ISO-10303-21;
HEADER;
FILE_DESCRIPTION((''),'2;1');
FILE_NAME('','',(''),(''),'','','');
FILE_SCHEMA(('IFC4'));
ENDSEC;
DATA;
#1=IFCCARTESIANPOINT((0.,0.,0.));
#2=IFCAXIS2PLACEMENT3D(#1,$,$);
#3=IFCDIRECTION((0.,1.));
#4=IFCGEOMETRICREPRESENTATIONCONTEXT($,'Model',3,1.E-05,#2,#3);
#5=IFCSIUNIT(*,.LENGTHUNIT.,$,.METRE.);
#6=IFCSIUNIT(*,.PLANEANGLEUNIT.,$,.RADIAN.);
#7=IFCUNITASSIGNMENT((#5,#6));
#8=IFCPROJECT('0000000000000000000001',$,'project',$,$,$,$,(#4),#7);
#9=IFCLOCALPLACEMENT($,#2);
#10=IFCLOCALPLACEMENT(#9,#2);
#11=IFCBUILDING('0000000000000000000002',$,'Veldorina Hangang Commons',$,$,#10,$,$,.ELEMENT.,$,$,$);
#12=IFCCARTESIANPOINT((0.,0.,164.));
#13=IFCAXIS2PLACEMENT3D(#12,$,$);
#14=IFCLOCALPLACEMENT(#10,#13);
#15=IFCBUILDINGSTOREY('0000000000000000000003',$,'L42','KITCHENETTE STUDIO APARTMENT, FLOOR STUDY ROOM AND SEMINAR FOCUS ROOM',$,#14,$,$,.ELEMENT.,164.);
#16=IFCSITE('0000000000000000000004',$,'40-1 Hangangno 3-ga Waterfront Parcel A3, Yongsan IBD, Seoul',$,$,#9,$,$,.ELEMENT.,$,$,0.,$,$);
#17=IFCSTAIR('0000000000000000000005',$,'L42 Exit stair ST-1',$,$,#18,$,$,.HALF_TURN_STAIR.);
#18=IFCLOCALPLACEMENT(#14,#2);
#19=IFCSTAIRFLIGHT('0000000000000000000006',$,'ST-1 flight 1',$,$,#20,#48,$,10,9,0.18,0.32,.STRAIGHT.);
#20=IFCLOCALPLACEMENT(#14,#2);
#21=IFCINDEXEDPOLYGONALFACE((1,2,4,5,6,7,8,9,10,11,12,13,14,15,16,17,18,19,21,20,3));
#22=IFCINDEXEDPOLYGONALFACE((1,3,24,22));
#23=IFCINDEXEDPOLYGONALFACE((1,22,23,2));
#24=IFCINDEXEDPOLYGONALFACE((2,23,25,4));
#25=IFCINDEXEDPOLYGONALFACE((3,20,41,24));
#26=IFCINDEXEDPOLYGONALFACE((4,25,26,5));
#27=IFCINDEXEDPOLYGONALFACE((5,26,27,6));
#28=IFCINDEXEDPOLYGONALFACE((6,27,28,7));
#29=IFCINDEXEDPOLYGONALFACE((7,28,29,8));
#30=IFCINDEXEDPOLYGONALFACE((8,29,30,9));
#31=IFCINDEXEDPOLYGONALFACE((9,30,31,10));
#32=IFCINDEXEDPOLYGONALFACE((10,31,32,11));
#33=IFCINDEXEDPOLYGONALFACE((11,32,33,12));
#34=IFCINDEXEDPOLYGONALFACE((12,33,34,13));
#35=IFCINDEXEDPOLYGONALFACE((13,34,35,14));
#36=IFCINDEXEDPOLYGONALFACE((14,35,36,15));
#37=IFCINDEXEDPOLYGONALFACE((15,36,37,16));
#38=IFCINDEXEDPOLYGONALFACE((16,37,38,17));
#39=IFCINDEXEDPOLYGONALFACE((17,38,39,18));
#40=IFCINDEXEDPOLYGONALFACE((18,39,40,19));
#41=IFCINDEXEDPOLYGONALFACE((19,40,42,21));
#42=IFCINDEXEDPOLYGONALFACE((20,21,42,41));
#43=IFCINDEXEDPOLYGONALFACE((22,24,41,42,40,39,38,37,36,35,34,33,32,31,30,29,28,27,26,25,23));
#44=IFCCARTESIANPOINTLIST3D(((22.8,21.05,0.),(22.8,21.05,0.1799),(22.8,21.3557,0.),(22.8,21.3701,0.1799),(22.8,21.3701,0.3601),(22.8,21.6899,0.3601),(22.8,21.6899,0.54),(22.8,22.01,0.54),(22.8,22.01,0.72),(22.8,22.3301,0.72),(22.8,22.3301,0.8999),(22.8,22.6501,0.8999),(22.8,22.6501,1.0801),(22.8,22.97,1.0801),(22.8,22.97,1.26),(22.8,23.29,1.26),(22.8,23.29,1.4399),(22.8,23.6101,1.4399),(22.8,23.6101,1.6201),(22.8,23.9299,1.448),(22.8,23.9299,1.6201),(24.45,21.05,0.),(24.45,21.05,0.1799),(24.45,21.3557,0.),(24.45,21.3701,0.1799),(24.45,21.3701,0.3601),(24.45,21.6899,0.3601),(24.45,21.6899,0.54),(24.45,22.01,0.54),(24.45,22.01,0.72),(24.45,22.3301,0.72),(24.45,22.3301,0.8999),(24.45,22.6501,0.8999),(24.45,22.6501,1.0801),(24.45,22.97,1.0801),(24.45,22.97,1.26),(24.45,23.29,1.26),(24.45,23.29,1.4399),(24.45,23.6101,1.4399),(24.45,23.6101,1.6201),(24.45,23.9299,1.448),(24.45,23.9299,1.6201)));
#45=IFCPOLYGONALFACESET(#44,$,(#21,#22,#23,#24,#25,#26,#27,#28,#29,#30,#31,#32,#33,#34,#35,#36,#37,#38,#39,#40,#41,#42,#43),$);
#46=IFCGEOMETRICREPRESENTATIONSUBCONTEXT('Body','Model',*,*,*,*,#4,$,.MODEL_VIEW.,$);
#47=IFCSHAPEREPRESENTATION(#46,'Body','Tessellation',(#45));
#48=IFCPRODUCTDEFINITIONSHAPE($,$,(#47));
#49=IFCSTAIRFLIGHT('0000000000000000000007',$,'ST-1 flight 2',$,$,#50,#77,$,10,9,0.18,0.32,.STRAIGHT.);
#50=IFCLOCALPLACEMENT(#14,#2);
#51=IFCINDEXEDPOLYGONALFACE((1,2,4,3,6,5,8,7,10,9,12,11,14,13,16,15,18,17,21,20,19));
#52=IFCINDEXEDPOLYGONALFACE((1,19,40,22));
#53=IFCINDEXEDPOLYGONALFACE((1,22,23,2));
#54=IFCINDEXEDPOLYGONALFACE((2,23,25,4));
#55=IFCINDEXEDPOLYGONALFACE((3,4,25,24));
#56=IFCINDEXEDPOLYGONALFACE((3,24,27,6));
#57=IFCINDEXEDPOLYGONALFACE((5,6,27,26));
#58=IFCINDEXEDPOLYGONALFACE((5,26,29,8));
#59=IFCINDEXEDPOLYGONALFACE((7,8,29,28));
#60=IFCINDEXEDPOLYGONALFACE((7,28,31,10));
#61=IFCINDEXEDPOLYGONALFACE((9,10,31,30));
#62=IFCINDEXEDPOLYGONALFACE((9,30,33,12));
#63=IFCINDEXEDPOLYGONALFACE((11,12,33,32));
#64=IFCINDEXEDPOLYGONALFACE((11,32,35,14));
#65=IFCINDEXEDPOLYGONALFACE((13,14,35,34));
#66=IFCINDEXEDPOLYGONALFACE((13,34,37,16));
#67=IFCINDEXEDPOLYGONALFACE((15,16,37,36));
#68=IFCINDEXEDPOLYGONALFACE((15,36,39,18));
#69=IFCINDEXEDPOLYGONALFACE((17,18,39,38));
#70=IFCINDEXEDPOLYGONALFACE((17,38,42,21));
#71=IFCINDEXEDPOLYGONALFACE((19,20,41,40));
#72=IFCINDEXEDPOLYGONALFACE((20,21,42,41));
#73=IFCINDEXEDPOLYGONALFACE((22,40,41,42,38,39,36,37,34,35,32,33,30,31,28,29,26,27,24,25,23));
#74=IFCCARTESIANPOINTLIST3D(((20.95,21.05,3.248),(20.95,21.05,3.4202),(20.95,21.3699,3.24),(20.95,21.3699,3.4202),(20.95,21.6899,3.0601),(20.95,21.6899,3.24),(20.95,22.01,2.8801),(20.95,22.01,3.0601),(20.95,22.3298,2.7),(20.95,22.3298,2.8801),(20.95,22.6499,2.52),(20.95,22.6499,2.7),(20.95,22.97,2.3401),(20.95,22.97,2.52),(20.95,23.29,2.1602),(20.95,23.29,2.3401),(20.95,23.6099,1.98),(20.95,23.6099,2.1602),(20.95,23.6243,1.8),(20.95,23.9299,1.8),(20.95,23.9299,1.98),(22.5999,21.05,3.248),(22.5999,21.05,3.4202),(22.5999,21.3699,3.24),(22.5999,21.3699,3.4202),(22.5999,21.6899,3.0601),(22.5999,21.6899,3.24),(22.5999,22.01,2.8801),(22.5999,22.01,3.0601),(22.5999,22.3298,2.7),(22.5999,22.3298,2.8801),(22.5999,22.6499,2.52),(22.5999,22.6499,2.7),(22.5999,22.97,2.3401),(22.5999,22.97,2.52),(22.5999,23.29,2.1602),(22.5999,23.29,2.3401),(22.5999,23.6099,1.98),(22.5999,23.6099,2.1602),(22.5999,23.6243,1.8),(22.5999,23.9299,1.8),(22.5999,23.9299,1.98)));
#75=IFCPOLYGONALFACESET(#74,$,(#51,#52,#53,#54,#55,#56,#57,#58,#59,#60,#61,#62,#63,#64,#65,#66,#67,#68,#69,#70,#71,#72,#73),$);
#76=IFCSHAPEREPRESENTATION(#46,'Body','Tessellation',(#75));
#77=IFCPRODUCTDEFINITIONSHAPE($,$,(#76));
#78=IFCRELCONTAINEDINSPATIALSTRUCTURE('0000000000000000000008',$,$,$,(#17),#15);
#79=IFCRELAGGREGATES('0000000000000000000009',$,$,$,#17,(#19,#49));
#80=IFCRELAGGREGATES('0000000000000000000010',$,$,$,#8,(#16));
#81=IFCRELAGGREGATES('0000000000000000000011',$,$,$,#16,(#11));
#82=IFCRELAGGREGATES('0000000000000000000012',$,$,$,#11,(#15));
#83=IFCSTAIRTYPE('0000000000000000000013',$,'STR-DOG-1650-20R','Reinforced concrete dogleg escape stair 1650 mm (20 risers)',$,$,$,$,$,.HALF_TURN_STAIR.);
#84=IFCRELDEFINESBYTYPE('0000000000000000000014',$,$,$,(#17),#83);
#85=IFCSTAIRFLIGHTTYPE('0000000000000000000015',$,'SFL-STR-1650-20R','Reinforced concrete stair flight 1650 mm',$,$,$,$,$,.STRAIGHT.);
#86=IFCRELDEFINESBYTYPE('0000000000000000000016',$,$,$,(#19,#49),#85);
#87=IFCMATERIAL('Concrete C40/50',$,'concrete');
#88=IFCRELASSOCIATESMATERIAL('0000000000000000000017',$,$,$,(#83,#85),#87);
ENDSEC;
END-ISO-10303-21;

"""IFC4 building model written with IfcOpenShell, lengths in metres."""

from ifc_helpers import new_model, si_unit, direction, frame, origin, place, context, subcontext, project, spatial, polyline, outline, extrude, material, type_object, element, aggregate, save


model = new_model("IFC4")

# Units and contexts
model_context = context("Model", 3, precision=1e-05, world=origin(), true_north=direction((0.0, 1.0)))
body_context = subcontext(model_context, "Body", "Model", "MODEL_VIEW")
ifc_project = project(units=[si_unit("LENGTHUNIT", "METRE"), si_unit("PLANEANGLEUNIT", "RADIAN")], contexts=[model_context])

# Site, building, storey
site_placement = place(None, origin())
site = spatial("IfcSite", under=ifc_project, at=site_placement, Name="40-1 Hangangno 3-ga Waterfront Parcel A3, Yongsan IBD, Seoul", CompositionType="ELEMENT", RefElevation=0.0)
building_placement = place(site_placement, origin())
building = spatial("IfcBuilding", under=site, at=building_placement, Name="Veldorina Hangang Commons", CompositionType="ELEMENT")
storey_placement = place(building_placement, frame((0.0, 0.0, 164.0)))
storey = spatial("IfcBuildingStorey", under=building, at=storey_placement, Name="L42", Description="KITCHENETTE STUDIO APARTMENT, FLOOR STUDY ROOM AND SEMINAR FOCUS ROOM", CompositionType="ELEMENT", Elevation=164.0)

# Stair, stair flights
ifc_material_1 = material(Name="Concrete C40/50", Category="concrete")
stair_type = type_object("IfcStairType", Name="STR-DOG-1650-20R", Description="Reinforced concrete dogleg escape stair 1650 mm (20 risers)", PredefinedType="HALF_TURN_STAIR", material=ifc_material_1)
stair_placement = place(storey_placement, origin())
stair = element("IfcStair", 1, at=stair_placement, inside=storey, type_object=stair_type, Name="L42 Exit stair ST-1", PredefinedType="HALF_TURN_STAIR")
stair_flight_type = type_object("IfcStairFlightType", Name="SFL-STR-1650-20R", Description="Reinforced concrete stair flight 1650 mm", PredefinedType="STRAIGHT", material=ifc_material_1)
stair_flight_1_placement = place(storey_placement, frame((23.625, 21.05, 0.0), z_axis=(0.0, 0.0, 1.0), x_axis=(0.0, 1.0, 0.0)))
stair_flight_1 = element("IfcStairFlight", 2, at=stair_flight_1_placement, type_object=stair_flight_type, Name="ST-1 flight 1", NumberOfRisers=10, NumberOfTreads=9, PredefinedType="STRAIGHT", RiserHeight=0.18, TreadLength=0.32, context=body_context, shape_type="SweptSolid", body=[
    extrude(outline(polyline([(0.0, 0.0), (0.0, 0.1799), (0.3201, 0.1799), (0.3201, 0.3601), (0.6399, 0.3601), (0.6399, 0.54), (0.96, 0.54), (0.96, 0.72), (1.28, 0.72), (1.28, 0.8999), (1.6001, 0.8999), (1.6001, 1.0801), (1.9199, 1.0801), (1.9199, 1.26), (2.24, 1.26), (2.24, 1.4399), (2.5601, 1.4399), (2.5601, 1.6201), (2.8799, 1.6201), (2.8799, 1.8), (2.8799, 1.448), (0.3057, 0.0), (0.0, 0.0)])), frame((0.0, 0.825, 0.0), z_axis=(0.0, -1.0, 0.0), x_axis=(1.0, 0.0, 0.0)), (0.0, 0.0, 1.0), 1.6499),
])
stair_flight_2_placement = place(storey_placement, frame((21.7749, 23.9299, 1.8), z_axis=(0.0, 0.0, 1.0), x_axis=(0.0, -1.0, 0.0)))
stair_flight_2 = element("IfcStairFlight", 3, at=stair_flight_2_placement, type_object=stair_flight_type, Name="ST-1 flight 2", NumberOfRisers=10, NumberOfTreads=9, PredefinedType="STRAIGHT", RiserHeight=0.18, TreadLength=0.32, context=body_context, shape_type="SweptSolid", body=[
    extrude(outline(polyline([(0.0, 0.0), (0.0, 0.1799), (0.3201, 0.1799), (0.3201, 0.3601), (0.6399, 0.3601), (0.6399, 0.54), (0.96, 0.54), (0.96, 0.72), (1.28, 0.72), (1.28, 0.8999), (1.6001, 0.8999), (1.6001, 1.0801), (1.9199, 1.0801), (1.9199, 1.26), (2.24, 1.26), (2.24, 1.4399), (2.5601, 1.4399), (2.5601, 1.6201), (2.8799, 1.6201), (2.8799, 1.8), (2.8799, 1.448), (0.3057, 0.0), (0.0, 0.0)])), frame((0.0, 0.825, 0.0), z_axis=(0.0, -1.0, 0.0), x_axis=(1.0, 0.0, 0.0)), (0.0, 0.0, 1.0), 1.6499),
])
aggregate(stair, [stair_flight_1, stair_flight_2])

save(model, "model.ifc")
